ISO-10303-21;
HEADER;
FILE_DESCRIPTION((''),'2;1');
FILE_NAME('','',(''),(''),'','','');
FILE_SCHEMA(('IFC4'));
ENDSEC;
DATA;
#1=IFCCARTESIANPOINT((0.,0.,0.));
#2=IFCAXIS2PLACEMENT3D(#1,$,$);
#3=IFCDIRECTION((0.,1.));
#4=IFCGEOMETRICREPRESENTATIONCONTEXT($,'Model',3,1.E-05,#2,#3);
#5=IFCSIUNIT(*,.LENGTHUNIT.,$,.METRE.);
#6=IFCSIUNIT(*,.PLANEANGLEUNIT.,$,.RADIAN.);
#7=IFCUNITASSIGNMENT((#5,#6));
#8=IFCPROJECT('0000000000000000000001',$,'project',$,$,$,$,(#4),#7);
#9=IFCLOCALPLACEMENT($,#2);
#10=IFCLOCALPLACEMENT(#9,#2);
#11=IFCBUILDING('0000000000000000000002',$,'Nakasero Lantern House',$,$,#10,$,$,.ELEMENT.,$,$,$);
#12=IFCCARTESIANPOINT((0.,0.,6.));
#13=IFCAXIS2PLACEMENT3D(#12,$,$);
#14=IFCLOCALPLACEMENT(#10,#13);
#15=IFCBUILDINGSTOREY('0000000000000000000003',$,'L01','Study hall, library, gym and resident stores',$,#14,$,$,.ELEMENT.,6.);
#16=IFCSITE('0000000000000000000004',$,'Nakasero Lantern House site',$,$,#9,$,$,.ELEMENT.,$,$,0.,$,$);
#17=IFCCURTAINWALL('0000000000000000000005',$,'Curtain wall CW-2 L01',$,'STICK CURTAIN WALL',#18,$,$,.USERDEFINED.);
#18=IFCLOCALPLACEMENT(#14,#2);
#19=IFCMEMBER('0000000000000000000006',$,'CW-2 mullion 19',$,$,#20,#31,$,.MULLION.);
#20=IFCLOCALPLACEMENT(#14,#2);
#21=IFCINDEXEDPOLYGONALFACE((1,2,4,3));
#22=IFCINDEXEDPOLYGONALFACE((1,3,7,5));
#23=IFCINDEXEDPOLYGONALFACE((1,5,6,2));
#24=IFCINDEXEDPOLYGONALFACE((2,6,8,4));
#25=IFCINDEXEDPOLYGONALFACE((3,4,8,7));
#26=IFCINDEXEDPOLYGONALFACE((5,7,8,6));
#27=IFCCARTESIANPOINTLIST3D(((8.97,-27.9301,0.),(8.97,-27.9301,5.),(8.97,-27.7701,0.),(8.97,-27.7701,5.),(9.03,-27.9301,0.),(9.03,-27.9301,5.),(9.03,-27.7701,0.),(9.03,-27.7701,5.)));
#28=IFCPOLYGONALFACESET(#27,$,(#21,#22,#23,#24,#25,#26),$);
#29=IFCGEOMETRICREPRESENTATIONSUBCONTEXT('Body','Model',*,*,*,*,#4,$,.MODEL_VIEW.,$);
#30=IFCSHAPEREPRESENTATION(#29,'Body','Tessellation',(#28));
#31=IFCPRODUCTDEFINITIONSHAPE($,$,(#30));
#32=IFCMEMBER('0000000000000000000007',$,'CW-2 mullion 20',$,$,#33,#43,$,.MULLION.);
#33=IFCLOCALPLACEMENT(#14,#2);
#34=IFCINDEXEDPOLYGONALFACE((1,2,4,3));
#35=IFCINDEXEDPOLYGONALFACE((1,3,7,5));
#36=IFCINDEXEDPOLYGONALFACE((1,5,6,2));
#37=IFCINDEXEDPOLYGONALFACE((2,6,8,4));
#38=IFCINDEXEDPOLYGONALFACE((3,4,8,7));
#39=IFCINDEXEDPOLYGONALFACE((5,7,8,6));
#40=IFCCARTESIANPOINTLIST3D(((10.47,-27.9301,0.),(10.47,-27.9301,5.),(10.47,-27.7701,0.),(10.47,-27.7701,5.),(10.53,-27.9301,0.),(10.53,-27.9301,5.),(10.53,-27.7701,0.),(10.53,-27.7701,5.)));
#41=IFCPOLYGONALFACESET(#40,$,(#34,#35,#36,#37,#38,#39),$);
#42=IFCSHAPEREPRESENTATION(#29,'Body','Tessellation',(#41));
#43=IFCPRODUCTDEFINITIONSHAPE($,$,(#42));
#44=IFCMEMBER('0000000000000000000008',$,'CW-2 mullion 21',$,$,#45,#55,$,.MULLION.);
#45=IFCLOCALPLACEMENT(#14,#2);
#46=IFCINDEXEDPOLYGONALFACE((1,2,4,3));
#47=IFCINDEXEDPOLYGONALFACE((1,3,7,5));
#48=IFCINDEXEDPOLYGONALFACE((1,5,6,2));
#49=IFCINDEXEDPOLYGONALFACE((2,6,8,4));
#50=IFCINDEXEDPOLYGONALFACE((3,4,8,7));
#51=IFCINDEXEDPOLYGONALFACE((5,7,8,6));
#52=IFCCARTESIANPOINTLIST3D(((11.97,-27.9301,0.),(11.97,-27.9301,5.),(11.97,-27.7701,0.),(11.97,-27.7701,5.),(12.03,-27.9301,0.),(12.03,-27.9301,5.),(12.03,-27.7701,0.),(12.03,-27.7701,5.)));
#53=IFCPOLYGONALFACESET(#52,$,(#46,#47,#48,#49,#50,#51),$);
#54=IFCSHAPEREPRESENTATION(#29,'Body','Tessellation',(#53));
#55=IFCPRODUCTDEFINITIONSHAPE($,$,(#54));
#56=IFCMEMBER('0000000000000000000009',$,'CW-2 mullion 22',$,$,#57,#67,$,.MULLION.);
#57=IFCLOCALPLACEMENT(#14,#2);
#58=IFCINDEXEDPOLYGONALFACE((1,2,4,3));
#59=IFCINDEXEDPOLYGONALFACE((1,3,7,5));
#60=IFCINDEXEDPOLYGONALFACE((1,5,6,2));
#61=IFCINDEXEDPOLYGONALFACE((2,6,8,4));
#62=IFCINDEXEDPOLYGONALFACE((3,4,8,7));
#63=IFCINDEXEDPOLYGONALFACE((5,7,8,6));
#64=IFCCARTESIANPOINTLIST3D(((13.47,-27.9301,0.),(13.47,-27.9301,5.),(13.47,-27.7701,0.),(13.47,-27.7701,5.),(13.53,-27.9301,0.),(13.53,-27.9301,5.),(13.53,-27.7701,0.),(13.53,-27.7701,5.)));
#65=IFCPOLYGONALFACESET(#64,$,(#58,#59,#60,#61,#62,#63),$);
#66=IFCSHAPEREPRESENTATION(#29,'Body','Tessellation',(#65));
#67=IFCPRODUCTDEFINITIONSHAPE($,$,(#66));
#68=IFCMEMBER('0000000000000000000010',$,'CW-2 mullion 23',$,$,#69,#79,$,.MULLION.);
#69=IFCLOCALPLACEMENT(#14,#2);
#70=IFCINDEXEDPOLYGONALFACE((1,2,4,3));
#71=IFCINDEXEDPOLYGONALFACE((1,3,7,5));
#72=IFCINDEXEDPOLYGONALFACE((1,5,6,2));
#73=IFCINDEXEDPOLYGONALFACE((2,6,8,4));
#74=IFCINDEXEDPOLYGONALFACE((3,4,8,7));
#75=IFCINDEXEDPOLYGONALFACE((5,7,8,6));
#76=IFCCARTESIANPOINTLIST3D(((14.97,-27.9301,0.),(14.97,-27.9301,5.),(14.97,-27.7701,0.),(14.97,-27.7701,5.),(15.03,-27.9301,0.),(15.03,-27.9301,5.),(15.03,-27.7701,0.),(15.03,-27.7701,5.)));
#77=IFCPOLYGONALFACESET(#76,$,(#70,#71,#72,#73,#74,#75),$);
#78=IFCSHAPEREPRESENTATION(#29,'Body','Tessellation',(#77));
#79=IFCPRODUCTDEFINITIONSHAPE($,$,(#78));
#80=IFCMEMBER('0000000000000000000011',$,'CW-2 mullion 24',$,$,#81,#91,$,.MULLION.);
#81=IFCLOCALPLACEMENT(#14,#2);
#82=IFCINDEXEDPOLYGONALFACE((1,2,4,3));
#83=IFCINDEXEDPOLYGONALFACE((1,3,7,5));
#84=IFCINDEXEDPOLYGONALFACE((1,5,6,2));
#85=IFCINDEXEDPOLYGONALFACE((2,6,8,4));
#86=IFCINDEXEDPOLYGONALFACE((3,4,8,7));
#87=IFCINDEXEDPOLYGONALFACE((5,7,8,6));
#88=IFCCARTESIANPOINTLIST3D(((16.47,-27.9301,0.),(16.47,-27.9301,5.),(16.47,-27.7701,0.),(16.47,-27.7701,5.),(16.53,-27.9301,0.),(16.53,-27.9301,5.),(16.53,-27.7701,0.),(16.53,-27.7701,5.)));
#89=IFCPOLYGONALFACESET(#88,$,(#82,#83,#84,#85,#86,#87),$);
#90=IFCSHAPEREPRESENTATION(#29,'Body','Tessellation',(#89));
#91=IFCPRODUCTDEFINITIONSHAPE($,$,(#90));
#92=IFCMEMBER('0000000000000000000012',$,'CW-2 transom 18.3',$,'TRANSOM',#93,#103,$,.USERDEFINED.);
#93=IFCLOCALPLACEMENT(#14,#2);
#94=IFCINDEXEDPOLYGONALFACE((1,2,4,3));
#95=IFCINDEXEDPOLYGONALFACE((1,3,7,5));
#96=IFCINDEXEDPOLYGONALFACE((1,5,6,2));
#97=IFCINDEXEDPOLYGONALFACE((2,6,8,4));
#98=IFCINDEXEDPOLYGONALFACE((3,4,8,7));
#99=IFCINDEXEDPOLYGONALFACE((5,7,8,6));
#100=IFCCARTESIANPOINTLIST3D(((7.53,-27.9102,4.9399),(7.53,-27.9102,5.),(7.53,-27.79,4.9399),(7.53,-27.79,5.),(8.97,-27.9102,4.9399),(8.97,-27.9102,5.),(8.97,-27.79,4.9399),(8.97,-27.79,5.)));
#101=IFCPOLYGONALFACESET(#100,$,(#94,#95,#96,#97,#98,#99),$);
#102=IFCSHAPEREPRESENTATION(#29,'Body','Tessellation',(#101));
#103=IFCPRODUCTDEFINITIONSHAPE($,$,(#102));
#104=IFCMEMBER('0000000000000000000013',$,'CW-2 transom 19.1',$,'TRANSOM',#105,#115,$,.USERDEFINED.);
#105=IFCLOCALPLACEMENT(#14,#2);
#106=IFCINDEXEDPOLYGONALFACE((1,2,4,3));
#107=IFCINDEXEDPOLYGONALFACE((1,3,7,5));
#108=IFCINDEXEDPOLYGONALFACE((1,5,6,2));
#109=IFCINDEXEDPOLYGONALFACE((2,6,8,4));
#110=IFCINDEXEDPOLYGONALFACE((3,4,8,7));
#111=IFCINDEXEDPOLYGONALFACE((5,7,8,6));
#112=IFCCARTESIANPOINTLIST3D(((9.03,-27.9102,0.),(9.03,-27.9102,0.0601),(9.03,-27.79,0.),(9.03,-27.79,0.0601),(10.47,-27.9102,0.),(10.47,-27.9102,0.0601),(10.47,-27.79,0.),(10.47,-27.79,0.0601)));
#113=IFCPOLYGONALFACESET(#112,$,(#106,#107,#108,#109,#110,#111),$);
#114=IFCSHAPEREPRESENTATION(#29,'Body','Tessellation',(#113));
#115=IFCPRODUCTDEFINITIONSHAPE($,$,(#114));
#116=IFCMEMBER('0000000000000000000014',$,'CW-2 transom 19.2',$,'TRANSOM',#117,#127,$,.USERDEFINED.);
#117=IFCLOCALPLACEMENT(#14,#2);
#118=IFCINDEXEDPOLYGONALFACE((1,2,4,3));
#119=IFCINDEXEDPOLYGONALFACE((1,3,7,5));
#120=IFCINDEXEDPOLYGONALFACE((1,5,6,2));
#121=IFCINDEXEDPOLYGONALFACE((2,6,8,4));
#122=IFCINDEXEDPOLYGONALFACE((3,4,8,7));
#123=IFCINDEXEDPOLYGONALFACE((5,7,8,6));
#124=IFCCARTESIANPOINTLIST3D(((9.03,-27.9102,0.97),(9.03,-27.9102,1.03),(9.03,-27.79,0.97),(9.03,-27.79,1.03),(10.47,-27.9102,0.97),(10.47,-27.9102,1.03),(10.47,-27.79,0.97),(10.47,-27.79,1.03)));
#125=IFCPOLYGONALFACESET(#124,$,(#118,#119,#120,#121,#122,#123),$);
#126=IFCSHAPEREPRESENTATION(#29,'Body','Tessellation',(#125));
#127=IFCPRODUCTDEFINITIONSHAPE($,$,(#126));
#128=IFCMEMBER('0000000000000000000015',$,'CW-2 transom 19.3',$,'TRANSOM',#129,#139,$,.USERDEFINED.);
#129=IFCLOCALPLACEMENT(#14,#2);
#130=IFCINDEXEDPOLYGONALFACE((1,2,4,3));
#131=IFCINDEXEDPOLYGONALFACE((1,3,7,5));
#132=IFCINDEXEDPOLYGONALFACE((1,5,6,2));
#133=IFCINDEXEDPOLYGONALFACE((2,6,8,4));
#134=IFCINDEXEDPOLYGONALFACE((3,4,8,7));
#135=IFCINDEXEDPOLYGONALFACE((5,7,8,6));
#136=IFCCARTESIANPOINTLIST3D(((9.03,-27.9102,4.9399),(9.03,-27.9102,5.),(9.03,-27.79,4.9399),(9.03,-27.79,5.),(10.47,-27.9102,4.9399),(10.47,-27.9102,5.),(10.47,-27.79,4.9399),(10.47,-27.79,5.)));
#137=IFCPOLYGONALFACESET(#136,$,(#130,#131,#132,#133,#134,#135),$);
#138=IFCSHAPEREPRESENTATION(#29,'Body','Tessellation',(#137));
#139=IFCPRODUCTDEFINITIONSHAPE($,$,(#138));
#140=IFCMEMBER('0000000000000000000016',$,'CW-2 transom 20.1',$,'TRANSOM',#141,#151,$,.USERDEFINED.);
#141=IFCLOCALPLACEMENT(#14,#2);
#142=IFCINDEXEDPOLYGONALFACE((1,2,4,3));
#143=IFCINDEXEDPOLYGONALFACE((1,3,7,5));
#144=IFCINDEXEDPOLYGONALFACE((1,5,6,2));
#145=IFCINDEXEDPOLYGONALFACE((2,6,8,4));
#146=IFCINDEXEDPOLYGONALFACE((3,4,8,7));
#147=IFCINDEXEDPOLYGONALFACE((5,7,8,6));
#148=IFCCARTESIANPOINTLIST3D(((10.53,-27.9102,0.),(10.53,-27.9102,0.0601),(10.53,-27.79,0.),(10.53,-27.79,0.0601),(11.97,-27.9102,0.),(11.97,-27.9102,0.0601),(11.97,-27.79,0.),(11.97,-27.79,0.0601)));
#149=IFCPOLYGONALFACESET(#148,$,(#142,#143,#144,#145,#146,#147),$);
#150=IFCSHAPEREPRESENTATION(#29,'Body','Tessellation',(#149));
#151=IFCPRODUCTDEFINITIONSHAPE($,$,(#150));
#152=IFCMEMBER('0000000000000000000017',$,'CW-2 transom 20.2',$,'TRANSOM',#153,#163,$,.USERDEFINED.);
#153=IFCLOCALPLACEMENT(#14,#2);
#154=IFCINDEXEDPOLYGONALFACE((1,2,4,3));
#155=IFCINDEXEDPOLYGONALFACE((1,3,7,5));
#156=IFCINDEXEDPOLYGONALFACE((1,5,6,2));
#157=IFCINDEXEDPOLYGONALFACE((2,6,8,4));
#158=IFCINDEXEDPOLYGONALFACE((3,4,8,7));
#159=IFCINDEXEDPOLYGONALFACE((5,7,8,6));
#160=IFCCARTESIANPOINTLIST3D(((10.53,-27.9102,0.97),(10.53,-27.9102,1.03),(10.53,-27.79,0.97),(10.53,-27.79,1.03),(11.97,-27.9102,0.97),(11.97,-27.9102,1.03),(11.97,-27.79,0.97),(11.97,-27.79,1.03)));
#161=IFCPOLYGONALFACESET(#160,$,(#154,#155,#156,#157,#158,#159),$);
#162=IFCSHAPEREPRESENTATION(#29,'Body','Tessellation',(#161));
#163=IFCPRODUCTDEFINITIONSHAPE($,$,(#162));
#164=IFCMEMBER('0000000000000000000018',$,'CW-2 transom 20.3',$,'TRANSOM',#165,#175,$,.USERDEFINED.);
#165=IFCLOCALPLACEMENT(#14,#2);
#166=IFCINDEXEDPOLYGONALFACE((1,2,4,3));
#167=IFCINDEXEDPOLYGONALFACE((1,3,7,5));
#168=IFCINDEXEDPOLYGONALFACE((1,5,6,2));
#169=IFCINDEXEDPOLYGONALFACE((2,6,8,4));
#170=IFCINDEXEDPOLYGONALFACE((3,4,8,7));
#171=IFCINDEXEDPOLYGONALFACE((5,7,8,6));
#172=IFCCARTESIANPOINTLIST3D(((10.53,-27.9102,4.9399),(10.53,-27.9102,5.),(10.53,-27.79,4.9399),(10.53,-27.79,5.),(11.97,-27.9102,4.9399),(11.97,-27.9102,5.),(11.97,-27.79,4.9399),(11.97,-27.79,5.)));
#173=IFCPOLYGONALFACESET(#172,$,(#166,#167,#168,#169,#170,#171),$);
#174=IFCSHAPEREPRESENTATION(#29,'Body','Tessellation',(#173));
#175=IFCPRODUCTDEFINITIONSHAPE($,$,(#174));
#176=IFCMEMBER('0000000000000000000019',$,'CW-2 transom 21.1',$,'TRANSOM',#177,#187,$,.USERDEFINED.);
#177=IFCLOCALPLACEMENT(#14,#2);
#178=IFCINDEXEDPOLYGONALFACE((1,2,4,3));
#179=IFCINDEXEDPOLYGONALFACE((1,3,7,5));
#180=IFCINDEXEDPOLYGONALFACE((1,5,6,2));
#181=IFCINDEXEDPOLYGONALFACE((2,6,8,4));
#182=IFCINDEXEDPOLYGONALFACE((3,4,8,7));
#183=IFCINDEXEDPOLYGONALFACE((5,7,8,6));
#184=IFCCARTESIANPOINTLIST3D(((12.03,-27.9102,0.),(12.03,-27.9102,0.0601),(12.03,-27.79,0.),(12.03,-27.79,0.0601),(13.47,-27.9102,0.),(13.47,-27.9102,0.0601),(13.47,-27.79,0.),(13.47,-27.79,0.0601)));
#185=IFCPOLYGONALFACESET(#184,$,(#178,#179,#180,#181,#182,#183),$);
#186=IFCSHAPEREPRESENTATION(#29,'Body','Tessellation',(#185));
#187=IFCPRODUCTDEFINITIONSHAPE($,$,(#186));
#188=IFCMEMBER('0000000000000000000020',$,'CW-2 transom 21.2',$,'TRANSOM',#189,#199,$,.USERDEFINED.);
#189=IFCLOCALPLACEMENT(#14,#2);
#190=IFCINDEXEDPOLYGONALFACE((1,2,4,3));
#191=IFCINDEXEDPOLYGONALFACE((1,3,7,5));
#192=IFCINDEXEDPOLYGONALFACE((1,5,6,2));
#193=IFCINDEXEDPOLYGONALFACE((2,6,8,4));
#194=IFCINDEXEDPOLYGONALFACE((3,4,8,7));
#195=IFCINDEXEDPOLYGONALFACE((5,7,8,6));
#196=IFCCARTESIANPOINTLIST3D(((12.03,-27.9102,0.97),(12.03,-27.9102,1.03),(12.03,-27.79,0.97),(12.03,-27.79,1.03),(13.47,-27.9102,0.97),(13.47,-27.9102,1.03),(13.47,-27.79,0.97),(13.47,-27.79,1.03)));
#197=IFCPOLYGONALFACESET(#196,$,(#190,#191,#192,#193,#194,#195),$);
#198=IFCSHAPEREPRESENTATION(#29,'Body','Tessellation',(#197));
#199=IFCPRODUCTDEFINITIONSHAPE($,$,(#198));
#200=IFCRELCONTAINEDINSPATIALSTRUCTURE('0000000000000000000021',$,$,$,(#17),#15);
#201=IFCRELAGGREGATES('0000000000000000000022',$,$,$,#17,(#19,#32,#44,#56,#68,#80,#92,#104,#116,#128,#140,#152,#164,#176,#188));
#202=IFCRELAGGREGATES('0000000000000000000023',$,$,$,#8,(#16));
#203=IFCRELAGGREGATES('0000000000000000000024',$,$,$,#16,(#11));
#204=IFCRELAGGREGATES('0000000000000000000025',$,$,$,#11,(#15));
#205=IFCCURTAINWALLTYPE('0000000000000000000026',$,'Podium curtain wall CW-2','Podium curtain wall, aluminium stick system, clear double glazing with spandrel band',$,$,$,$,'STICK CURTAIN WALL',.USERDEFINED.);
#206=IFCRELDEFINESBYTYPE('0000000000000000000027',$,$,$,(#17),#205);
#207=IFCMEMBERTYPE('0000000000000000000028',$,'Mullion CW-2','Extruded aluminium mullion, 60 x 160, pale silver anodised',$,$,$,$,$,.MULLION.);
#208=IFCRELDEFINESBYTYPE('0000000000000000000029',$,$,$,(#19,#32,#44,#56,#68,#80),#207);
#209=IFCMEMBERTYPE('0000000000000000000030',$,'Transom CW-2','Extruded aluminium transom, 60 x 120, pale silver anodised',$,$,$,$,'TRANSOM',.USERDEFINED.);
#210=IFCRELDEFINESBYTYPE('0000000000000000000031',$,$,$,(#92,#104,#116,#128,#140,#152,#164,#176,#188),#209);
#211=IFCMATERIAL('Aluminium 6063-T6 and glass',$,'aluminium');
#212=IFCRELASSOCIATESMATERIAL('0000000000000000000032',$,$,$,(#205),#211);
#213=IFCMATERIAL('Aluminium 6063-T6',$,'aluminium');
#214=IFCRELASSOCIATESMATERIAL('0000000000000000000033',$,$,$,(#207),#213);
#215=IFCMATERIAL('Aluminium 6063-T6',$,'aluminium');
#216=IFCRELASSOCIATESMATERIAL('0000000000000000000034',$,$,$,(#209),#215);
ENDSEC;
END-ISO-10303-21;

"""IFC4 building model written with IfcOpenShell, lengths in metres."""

from ifc_helpers import new_model, si_unit, direction, frame, origin, origin_2d, place, context, subcontext, project, spatial, rectangle, extrude, material, material_profile, profile_set, type_object, element, aggregate, save


model = new_model("IFC4")

# Units and contexts
model_context = context("Model", 3, precision=1e-05, world=origin(), true_north=direction((0.0, 1.0)))
body_context = subcontext(model_context, "Body", "Model", "MODEL_VIEW")
ifc_project = project(units=[si_unit("LENGTHUNIT", "METRE"), si_unit("PLANEANGLEUNIT", "RADIAN")], contexts=[model_context])

# Site, building, storey
site_placement = place(None, origin())
site = spatial("IfcSite", under=ifc_project, at=site_placement, Name="Nakasero Lantern House site", CompositionType="ELEMENT", RefElevation=0.0)
building_placement = place(site_placement, origin())
building = spatial("IfcBuilding", under=site, at=building_placement, Name="Nakasero Lantern House", CompositionType="ELEMENT")
storey_placement = place(building_placement, frame((0.0, 0.0, 6.0)))
storey = spatial("IfcBuildingStorey", under=building, at=storey_placement, Name="L01", Description="Study hall, library, gym and resident stores", CompositionType="ELEMENT", Elevation=6.0)

# Curtain wall, members
ifc_material_1 = material(Name="Aluminium 6063-T6 and glass", Category="aluminium")
curtain_wall_type = type_object("IfcCurtainWallType", Name="Podium curtain wall CW-2", Description="Podium curtain wall, aluminium stick system, clear double glazing with spandrel band", ElementType="STICK CURTAIN WALL", PredefinedType="USERDEFINED", material=ifc_material_1)
curtain_wall_placement = place(storey_placement, origin())
curtain_wall = element("IfcCurtainWall", 1, at=curtain_wall_placement, inside=storey, type_object=curtain_wall_type, Name="Curtain wall CW-2 L01", ObjectType="STICK CURTAIN WALL", PredefinedType="USERDEFINED")
ifc_material_2 = material(Name="Aluminium 6063-T6", Category="aluminium")
ifc_material_profile_1 = material_profile(ifc_material_2, rectangle(XDim=0.0601, YDim=0.1599, at=origin_2d()), Name="CW-2 mullion 60x160")
ifc_profile_set_1 = profile_set([ifc_material_profile_1], Name="Aluminium 6063-T6")
member_type_1 = type_object("IfcMemberType", Name="Mullion CW-2", Description="Extruded aluminium mullion, 60 x 160, pale silver anodised", PredefinedType="MULLION", material=ifc_profile_set_1)
member_1_placement = place(storey_placement, frame((9.0, -27.8501, 0.0), z_axis=(0.0, 0.0, 1.0), x_axis=(1.0, 0.0, 0.0)))
member_1 = element("IfcMember", 2, at=member_1_placement, type_object=member_type_1, Name="CW-2 mullion 19", PredefinedType="MULLION", context=body_context, shape_type="SweptSolid", body=[
    extrude(rectangle(XDim=0.0601, YDim=0.1599, at=origin_2d()), origin(), (0.0, 0.0, 1.0), 5.0),
])
member_2_placement = place(storey_placement, frame((10.5, -27.8501, 0.0), z_axis=(0.0, 0.0, 1.0), x_axis=(1.0, 0.0, 0.0)))
member_2 = element("IfcMember", 3, at=member_2_placement, type_object=member_type_1, Name="CW-2 mullion 20", PredefinedType="MULLION", context=body_context, shape_type="SweptSolid", body=[
    extrude(rectangle(XDim=0.0601, YDim=0.1599, at=origin_2d()), origin(), (0.0, 0.0, 1.0), 5.0),
])
member_3_placement = place(storey_placement, frame((12.0, -27.8501, 0.0), z_axis=(0.0, 0.0, 1.0), x_axis=(1.0, 0.0, 0.0)))
member_3 = element("IfcMember", 4, at=member_3_placement, type_object=member_type_1, Name="CW-2 mullion 21", PredefinedType="MULLION", context=body_context, shape_type="SweptSolid", body=[
    extrude(rectangle(XDim=0.0601, YDim=0.1599, at=origin_2d()), origin(), (0.0, 0.0, 1.0), 5.0),
])
member_4_placement = place(storey_placement, frame((13.5, -27.8501, 0.0), z_axis=(0.0, 0.0, 1.0), x_axis=(1.0, 0.0, 0.0)))
member_4 = element("IfcMember", 5, at=member_4_placement, type_object=member_type_1, Name="CW-2 mullion 22", PredefinedType="MULLION", context=body_context, shape_type="SweptSolid", body=[
    extrude(rectangle(XDim=0.0601, YDim=0.1599, at=origin_2d()), origin(), (0.0, 0.0, 1.0), 5.0),
])
member_5_placement = place(storey_placement, frame((15.0, -27.8501, 0.0), z_axis=(0.0, 0.0, 1.0), x_axis=(1.0, 0.0, 0.0)))
member_5 = element("IfcMember", 6, at=member_5_placement, type_object=member_type_1, Name="CW-2 mullion 23", PredefinedType="MULLION", context=body_context, shape_type="SweptSolid", body=[
    extrude(rectangle(XDim=0.0601, YDim=0.1599, at=origin_2d()), origin(), (0.0, 0.0, 1.0), 5.0),
])
member_6_placement = place(storey_placement, frame((16.5, -27.8501, 0.0), z_axis=(0.0, 0.0, 1.0), x_axis=(1.0, 0.0, 0.0)))
member_6 = element("IfcMember", 7, at=member_6_placement, type_object=member_type_1, Name="CW-2 mullion 24", PredefinedType="MULLION", context=body_context, shape_type="SweptSolid", body=[
    extrude(rectangle(XDim=0.0601, YDim=0.1599, at=origin_2d()), origin(), (0.0, 0.0, 1.0), 5.0),
])
ifc_material_3 = material(Name="Aluminium 6063-T6", Category="aluminium")
ifc_material_profile_2 = material_profile(ifc_material_3, rectangle(XDim=0.0601, YDim=0.1201, at=origin_2d()), Name="CW-2 transom 60x120")
ifc_profile_set_2 = profile_set([ifc_material_profile_2], Name="Aluminium 6063-T6")
member_type_2 = type_object("IfcMemberType", Name="Transom CW-2", Description="Extruded aluminium transom, 60 x 120, pale silver anodised", ElementType="TRANSOM", PredefinedType="USERDEFINED", material=ifc_profile_set_2)
member_7_placement = place(storey_placement, frame((7.53, -27.8501, 4.97), z_axis=(1.0, 0.0, 0.0), x_axis=(0.0, 0.0, 1.0)))
member_7 = element("IfcMember", 8, at=member_7_placement, type_object=member_type_2, Name="CW-2 transom 18.3", ObjectType="TRANSOM", PredefinedType="USERDEFINED", context=body_context, shape_type="SweptSolid", body=[
    extrude(rectangle(XDim=0.0601, YDim=0.1201, at=origin_2d()), origin(), (0.0, 0.0, 1.0), 1.4399),
])
member_8_placement = place(storey_placement, frame((9.03, -27.8501, 0.03), z_axis=(1.0, 0.0, 0.0), x_axis=(0.0, 0.0, 1.0)))
member_8 = element("IfcMember", 9, at=member_8_placement, type_object=member_type_2, Name="CW-2 transom 19.1", ObjectType="TRANSOM", PredefinedType="USERDEFINED", context=body_context, shape_type="SweptSolid", body=[
    extrude(rectangle(XDim=0.0601, YDim=0.1201, at=origin_2d()), origin(), (0.0, 0.0, 1.0), 1.4399),
])
member_9_placement = place(storey_placement, frame((9.03, -27.8501, 1.0), z_axis=(1.0, 0.0, 0.0), x_axis=(0.0, 0.0, 1.0)))
member_9 = element("IfcMember", 10, at=member_9_placement, type_object=member_type_2, Name="CW-2 transom 19.2", ObjectType="TRANSOM", PredefinedType="USERDEFINED", context=body_context, shape_type="SweptSolid", body=[
    extrude(rectangle(XDim=0.0601, YDim=0.1201, at=origin_2d()), origin(), (0.0, 0.0, 1.0), 1.4399),
])
member_10_placement = place(storey_placement, frame((9.03, -27.8501, 4.97), z_axis=(1.0, 0.0, 0.0), x_axis=(0.0, 0.0, 1.0)))
member_10 = element("IfcMember", 11, at=member_10_placement, type_object=member_type_2, Name="CW-2 transom 19.3", ObjectType="TRANSOM", PredefinedType="USERDEFINED", context=body_context, shape_type="SweptSolid", body=[
    extrude(rectangle(XDim=0.0601, YDim=0.1201, at=origin_2d()), origin(), (0.0, 0.0, 1.0), 1.4399),
])
member_11_placement = place(storey_placement, frame((10.53, -27.8501, 0.03), z_axis=(1.0, 0.0, 0.0), x_axis=(0.0, 0.0, 1.0)))
member_11 = element("IfcMember", 12, at=member_11_placement, type_object=member_type_2, Name="CW-2 transom 20.1", ObjectType="TRANSOM", PredefinedType="USERDEFINED", context=body_context, shape_type="SweptSolid", body=[
    extrude(rectangle(XDim=0.0601, YDim=0.1201, at=origin_2d()), origin(), (0.0, 0.0, 1.0), 1.4399),
])
member_12_placement = place(storey_placement, frame((10.53, -27.8501, 1.0), z_axis=(1.0, 0.0, 0.0), x_axis=(0.0, 0.0, 1.0)))
member_12 = element("IfcMember", 13, at=member_12_placement, type_object=member_type_2, Name="CW-2 transom 20.2", ObjectType="TRANSOM", PredefinedType="USERDEFINED", context=body_context, shape_type="SweptSolid", body=[
    extrude(rectangle(XDim=0.0601, YDim=0.1201, at=origin_2d()), origin(), (0.0, 0.0, 1.0), 1.4399),
])
member_13_placement = place(storey_placement, frame((10.53, -27.8501, 4.97), z_axis=(1.0, 0.0, 0.0), x_axis=(0.0, 0.0, 1.0)))
member_13 = element("IfcMember", 14, at=member_13_placement, type_object=member_type_2, Name="CW-2 transom 20.3", ObjectType="TRANSOM", PredefinedType="USERDEFINED", context=body_context, shape_type="SweptSolid", body=[
    extrude(rectangle(XDim=0.0601, YDim=0.1201, at=origin_2d()), origin(), (0.0, 0.0, 1.0), 1.4399),
])
member_14_placement = place(storey_placement, frame((12.03, -27.8501, 0.03), z_axis=(1.0, 0.0, 0.0), x_axis=(0.0, 0.0, 1.0)))
member_14 = element("IfcMember", 15, at=member_14_placement, type_object=member_type_2, Name="CW-2 transom 21.1", ObjectType="TRANSOM", PredefinedType="USERDEFINED", context=body_context, shape_type="SweptSolid", body=[
    extrude(rectangle(XDim=0.0601, YDim=0.1201, at=origin_2d()), origin(), (0.0, 0.0, 1.0), 1.4399),
])
member_15_placement = place(storey_placement, frame((12.03, -27.8501, 1.0), z_axis=(1.0, 0.0, 0.0), x_axis=(0.0, 0.0, 1.0)))
member_15 = element("IfcMember", 16, at=member_15_placement, type_object=member_type_2, Name="CW-2 transom 21.2", ObjectType="TRANSOM", PredefinedType="USERDEFINED", context=body_context, shape_type="SweptSolid", body=[
    extrude(rectangle(XDim=0.0601, YDim=0.1201, at=origin_2d()), origin(), (0.0, 0.0, 1.0), 1.4399),
])
aggregate(curtain_wall, [member_1, member_2, member_3, member_4, member_5, member_6, member_7, member_8, member_9, member_10, member_11, member_12, member_13, member_14, member_15])

save(model, "model.ifc")
